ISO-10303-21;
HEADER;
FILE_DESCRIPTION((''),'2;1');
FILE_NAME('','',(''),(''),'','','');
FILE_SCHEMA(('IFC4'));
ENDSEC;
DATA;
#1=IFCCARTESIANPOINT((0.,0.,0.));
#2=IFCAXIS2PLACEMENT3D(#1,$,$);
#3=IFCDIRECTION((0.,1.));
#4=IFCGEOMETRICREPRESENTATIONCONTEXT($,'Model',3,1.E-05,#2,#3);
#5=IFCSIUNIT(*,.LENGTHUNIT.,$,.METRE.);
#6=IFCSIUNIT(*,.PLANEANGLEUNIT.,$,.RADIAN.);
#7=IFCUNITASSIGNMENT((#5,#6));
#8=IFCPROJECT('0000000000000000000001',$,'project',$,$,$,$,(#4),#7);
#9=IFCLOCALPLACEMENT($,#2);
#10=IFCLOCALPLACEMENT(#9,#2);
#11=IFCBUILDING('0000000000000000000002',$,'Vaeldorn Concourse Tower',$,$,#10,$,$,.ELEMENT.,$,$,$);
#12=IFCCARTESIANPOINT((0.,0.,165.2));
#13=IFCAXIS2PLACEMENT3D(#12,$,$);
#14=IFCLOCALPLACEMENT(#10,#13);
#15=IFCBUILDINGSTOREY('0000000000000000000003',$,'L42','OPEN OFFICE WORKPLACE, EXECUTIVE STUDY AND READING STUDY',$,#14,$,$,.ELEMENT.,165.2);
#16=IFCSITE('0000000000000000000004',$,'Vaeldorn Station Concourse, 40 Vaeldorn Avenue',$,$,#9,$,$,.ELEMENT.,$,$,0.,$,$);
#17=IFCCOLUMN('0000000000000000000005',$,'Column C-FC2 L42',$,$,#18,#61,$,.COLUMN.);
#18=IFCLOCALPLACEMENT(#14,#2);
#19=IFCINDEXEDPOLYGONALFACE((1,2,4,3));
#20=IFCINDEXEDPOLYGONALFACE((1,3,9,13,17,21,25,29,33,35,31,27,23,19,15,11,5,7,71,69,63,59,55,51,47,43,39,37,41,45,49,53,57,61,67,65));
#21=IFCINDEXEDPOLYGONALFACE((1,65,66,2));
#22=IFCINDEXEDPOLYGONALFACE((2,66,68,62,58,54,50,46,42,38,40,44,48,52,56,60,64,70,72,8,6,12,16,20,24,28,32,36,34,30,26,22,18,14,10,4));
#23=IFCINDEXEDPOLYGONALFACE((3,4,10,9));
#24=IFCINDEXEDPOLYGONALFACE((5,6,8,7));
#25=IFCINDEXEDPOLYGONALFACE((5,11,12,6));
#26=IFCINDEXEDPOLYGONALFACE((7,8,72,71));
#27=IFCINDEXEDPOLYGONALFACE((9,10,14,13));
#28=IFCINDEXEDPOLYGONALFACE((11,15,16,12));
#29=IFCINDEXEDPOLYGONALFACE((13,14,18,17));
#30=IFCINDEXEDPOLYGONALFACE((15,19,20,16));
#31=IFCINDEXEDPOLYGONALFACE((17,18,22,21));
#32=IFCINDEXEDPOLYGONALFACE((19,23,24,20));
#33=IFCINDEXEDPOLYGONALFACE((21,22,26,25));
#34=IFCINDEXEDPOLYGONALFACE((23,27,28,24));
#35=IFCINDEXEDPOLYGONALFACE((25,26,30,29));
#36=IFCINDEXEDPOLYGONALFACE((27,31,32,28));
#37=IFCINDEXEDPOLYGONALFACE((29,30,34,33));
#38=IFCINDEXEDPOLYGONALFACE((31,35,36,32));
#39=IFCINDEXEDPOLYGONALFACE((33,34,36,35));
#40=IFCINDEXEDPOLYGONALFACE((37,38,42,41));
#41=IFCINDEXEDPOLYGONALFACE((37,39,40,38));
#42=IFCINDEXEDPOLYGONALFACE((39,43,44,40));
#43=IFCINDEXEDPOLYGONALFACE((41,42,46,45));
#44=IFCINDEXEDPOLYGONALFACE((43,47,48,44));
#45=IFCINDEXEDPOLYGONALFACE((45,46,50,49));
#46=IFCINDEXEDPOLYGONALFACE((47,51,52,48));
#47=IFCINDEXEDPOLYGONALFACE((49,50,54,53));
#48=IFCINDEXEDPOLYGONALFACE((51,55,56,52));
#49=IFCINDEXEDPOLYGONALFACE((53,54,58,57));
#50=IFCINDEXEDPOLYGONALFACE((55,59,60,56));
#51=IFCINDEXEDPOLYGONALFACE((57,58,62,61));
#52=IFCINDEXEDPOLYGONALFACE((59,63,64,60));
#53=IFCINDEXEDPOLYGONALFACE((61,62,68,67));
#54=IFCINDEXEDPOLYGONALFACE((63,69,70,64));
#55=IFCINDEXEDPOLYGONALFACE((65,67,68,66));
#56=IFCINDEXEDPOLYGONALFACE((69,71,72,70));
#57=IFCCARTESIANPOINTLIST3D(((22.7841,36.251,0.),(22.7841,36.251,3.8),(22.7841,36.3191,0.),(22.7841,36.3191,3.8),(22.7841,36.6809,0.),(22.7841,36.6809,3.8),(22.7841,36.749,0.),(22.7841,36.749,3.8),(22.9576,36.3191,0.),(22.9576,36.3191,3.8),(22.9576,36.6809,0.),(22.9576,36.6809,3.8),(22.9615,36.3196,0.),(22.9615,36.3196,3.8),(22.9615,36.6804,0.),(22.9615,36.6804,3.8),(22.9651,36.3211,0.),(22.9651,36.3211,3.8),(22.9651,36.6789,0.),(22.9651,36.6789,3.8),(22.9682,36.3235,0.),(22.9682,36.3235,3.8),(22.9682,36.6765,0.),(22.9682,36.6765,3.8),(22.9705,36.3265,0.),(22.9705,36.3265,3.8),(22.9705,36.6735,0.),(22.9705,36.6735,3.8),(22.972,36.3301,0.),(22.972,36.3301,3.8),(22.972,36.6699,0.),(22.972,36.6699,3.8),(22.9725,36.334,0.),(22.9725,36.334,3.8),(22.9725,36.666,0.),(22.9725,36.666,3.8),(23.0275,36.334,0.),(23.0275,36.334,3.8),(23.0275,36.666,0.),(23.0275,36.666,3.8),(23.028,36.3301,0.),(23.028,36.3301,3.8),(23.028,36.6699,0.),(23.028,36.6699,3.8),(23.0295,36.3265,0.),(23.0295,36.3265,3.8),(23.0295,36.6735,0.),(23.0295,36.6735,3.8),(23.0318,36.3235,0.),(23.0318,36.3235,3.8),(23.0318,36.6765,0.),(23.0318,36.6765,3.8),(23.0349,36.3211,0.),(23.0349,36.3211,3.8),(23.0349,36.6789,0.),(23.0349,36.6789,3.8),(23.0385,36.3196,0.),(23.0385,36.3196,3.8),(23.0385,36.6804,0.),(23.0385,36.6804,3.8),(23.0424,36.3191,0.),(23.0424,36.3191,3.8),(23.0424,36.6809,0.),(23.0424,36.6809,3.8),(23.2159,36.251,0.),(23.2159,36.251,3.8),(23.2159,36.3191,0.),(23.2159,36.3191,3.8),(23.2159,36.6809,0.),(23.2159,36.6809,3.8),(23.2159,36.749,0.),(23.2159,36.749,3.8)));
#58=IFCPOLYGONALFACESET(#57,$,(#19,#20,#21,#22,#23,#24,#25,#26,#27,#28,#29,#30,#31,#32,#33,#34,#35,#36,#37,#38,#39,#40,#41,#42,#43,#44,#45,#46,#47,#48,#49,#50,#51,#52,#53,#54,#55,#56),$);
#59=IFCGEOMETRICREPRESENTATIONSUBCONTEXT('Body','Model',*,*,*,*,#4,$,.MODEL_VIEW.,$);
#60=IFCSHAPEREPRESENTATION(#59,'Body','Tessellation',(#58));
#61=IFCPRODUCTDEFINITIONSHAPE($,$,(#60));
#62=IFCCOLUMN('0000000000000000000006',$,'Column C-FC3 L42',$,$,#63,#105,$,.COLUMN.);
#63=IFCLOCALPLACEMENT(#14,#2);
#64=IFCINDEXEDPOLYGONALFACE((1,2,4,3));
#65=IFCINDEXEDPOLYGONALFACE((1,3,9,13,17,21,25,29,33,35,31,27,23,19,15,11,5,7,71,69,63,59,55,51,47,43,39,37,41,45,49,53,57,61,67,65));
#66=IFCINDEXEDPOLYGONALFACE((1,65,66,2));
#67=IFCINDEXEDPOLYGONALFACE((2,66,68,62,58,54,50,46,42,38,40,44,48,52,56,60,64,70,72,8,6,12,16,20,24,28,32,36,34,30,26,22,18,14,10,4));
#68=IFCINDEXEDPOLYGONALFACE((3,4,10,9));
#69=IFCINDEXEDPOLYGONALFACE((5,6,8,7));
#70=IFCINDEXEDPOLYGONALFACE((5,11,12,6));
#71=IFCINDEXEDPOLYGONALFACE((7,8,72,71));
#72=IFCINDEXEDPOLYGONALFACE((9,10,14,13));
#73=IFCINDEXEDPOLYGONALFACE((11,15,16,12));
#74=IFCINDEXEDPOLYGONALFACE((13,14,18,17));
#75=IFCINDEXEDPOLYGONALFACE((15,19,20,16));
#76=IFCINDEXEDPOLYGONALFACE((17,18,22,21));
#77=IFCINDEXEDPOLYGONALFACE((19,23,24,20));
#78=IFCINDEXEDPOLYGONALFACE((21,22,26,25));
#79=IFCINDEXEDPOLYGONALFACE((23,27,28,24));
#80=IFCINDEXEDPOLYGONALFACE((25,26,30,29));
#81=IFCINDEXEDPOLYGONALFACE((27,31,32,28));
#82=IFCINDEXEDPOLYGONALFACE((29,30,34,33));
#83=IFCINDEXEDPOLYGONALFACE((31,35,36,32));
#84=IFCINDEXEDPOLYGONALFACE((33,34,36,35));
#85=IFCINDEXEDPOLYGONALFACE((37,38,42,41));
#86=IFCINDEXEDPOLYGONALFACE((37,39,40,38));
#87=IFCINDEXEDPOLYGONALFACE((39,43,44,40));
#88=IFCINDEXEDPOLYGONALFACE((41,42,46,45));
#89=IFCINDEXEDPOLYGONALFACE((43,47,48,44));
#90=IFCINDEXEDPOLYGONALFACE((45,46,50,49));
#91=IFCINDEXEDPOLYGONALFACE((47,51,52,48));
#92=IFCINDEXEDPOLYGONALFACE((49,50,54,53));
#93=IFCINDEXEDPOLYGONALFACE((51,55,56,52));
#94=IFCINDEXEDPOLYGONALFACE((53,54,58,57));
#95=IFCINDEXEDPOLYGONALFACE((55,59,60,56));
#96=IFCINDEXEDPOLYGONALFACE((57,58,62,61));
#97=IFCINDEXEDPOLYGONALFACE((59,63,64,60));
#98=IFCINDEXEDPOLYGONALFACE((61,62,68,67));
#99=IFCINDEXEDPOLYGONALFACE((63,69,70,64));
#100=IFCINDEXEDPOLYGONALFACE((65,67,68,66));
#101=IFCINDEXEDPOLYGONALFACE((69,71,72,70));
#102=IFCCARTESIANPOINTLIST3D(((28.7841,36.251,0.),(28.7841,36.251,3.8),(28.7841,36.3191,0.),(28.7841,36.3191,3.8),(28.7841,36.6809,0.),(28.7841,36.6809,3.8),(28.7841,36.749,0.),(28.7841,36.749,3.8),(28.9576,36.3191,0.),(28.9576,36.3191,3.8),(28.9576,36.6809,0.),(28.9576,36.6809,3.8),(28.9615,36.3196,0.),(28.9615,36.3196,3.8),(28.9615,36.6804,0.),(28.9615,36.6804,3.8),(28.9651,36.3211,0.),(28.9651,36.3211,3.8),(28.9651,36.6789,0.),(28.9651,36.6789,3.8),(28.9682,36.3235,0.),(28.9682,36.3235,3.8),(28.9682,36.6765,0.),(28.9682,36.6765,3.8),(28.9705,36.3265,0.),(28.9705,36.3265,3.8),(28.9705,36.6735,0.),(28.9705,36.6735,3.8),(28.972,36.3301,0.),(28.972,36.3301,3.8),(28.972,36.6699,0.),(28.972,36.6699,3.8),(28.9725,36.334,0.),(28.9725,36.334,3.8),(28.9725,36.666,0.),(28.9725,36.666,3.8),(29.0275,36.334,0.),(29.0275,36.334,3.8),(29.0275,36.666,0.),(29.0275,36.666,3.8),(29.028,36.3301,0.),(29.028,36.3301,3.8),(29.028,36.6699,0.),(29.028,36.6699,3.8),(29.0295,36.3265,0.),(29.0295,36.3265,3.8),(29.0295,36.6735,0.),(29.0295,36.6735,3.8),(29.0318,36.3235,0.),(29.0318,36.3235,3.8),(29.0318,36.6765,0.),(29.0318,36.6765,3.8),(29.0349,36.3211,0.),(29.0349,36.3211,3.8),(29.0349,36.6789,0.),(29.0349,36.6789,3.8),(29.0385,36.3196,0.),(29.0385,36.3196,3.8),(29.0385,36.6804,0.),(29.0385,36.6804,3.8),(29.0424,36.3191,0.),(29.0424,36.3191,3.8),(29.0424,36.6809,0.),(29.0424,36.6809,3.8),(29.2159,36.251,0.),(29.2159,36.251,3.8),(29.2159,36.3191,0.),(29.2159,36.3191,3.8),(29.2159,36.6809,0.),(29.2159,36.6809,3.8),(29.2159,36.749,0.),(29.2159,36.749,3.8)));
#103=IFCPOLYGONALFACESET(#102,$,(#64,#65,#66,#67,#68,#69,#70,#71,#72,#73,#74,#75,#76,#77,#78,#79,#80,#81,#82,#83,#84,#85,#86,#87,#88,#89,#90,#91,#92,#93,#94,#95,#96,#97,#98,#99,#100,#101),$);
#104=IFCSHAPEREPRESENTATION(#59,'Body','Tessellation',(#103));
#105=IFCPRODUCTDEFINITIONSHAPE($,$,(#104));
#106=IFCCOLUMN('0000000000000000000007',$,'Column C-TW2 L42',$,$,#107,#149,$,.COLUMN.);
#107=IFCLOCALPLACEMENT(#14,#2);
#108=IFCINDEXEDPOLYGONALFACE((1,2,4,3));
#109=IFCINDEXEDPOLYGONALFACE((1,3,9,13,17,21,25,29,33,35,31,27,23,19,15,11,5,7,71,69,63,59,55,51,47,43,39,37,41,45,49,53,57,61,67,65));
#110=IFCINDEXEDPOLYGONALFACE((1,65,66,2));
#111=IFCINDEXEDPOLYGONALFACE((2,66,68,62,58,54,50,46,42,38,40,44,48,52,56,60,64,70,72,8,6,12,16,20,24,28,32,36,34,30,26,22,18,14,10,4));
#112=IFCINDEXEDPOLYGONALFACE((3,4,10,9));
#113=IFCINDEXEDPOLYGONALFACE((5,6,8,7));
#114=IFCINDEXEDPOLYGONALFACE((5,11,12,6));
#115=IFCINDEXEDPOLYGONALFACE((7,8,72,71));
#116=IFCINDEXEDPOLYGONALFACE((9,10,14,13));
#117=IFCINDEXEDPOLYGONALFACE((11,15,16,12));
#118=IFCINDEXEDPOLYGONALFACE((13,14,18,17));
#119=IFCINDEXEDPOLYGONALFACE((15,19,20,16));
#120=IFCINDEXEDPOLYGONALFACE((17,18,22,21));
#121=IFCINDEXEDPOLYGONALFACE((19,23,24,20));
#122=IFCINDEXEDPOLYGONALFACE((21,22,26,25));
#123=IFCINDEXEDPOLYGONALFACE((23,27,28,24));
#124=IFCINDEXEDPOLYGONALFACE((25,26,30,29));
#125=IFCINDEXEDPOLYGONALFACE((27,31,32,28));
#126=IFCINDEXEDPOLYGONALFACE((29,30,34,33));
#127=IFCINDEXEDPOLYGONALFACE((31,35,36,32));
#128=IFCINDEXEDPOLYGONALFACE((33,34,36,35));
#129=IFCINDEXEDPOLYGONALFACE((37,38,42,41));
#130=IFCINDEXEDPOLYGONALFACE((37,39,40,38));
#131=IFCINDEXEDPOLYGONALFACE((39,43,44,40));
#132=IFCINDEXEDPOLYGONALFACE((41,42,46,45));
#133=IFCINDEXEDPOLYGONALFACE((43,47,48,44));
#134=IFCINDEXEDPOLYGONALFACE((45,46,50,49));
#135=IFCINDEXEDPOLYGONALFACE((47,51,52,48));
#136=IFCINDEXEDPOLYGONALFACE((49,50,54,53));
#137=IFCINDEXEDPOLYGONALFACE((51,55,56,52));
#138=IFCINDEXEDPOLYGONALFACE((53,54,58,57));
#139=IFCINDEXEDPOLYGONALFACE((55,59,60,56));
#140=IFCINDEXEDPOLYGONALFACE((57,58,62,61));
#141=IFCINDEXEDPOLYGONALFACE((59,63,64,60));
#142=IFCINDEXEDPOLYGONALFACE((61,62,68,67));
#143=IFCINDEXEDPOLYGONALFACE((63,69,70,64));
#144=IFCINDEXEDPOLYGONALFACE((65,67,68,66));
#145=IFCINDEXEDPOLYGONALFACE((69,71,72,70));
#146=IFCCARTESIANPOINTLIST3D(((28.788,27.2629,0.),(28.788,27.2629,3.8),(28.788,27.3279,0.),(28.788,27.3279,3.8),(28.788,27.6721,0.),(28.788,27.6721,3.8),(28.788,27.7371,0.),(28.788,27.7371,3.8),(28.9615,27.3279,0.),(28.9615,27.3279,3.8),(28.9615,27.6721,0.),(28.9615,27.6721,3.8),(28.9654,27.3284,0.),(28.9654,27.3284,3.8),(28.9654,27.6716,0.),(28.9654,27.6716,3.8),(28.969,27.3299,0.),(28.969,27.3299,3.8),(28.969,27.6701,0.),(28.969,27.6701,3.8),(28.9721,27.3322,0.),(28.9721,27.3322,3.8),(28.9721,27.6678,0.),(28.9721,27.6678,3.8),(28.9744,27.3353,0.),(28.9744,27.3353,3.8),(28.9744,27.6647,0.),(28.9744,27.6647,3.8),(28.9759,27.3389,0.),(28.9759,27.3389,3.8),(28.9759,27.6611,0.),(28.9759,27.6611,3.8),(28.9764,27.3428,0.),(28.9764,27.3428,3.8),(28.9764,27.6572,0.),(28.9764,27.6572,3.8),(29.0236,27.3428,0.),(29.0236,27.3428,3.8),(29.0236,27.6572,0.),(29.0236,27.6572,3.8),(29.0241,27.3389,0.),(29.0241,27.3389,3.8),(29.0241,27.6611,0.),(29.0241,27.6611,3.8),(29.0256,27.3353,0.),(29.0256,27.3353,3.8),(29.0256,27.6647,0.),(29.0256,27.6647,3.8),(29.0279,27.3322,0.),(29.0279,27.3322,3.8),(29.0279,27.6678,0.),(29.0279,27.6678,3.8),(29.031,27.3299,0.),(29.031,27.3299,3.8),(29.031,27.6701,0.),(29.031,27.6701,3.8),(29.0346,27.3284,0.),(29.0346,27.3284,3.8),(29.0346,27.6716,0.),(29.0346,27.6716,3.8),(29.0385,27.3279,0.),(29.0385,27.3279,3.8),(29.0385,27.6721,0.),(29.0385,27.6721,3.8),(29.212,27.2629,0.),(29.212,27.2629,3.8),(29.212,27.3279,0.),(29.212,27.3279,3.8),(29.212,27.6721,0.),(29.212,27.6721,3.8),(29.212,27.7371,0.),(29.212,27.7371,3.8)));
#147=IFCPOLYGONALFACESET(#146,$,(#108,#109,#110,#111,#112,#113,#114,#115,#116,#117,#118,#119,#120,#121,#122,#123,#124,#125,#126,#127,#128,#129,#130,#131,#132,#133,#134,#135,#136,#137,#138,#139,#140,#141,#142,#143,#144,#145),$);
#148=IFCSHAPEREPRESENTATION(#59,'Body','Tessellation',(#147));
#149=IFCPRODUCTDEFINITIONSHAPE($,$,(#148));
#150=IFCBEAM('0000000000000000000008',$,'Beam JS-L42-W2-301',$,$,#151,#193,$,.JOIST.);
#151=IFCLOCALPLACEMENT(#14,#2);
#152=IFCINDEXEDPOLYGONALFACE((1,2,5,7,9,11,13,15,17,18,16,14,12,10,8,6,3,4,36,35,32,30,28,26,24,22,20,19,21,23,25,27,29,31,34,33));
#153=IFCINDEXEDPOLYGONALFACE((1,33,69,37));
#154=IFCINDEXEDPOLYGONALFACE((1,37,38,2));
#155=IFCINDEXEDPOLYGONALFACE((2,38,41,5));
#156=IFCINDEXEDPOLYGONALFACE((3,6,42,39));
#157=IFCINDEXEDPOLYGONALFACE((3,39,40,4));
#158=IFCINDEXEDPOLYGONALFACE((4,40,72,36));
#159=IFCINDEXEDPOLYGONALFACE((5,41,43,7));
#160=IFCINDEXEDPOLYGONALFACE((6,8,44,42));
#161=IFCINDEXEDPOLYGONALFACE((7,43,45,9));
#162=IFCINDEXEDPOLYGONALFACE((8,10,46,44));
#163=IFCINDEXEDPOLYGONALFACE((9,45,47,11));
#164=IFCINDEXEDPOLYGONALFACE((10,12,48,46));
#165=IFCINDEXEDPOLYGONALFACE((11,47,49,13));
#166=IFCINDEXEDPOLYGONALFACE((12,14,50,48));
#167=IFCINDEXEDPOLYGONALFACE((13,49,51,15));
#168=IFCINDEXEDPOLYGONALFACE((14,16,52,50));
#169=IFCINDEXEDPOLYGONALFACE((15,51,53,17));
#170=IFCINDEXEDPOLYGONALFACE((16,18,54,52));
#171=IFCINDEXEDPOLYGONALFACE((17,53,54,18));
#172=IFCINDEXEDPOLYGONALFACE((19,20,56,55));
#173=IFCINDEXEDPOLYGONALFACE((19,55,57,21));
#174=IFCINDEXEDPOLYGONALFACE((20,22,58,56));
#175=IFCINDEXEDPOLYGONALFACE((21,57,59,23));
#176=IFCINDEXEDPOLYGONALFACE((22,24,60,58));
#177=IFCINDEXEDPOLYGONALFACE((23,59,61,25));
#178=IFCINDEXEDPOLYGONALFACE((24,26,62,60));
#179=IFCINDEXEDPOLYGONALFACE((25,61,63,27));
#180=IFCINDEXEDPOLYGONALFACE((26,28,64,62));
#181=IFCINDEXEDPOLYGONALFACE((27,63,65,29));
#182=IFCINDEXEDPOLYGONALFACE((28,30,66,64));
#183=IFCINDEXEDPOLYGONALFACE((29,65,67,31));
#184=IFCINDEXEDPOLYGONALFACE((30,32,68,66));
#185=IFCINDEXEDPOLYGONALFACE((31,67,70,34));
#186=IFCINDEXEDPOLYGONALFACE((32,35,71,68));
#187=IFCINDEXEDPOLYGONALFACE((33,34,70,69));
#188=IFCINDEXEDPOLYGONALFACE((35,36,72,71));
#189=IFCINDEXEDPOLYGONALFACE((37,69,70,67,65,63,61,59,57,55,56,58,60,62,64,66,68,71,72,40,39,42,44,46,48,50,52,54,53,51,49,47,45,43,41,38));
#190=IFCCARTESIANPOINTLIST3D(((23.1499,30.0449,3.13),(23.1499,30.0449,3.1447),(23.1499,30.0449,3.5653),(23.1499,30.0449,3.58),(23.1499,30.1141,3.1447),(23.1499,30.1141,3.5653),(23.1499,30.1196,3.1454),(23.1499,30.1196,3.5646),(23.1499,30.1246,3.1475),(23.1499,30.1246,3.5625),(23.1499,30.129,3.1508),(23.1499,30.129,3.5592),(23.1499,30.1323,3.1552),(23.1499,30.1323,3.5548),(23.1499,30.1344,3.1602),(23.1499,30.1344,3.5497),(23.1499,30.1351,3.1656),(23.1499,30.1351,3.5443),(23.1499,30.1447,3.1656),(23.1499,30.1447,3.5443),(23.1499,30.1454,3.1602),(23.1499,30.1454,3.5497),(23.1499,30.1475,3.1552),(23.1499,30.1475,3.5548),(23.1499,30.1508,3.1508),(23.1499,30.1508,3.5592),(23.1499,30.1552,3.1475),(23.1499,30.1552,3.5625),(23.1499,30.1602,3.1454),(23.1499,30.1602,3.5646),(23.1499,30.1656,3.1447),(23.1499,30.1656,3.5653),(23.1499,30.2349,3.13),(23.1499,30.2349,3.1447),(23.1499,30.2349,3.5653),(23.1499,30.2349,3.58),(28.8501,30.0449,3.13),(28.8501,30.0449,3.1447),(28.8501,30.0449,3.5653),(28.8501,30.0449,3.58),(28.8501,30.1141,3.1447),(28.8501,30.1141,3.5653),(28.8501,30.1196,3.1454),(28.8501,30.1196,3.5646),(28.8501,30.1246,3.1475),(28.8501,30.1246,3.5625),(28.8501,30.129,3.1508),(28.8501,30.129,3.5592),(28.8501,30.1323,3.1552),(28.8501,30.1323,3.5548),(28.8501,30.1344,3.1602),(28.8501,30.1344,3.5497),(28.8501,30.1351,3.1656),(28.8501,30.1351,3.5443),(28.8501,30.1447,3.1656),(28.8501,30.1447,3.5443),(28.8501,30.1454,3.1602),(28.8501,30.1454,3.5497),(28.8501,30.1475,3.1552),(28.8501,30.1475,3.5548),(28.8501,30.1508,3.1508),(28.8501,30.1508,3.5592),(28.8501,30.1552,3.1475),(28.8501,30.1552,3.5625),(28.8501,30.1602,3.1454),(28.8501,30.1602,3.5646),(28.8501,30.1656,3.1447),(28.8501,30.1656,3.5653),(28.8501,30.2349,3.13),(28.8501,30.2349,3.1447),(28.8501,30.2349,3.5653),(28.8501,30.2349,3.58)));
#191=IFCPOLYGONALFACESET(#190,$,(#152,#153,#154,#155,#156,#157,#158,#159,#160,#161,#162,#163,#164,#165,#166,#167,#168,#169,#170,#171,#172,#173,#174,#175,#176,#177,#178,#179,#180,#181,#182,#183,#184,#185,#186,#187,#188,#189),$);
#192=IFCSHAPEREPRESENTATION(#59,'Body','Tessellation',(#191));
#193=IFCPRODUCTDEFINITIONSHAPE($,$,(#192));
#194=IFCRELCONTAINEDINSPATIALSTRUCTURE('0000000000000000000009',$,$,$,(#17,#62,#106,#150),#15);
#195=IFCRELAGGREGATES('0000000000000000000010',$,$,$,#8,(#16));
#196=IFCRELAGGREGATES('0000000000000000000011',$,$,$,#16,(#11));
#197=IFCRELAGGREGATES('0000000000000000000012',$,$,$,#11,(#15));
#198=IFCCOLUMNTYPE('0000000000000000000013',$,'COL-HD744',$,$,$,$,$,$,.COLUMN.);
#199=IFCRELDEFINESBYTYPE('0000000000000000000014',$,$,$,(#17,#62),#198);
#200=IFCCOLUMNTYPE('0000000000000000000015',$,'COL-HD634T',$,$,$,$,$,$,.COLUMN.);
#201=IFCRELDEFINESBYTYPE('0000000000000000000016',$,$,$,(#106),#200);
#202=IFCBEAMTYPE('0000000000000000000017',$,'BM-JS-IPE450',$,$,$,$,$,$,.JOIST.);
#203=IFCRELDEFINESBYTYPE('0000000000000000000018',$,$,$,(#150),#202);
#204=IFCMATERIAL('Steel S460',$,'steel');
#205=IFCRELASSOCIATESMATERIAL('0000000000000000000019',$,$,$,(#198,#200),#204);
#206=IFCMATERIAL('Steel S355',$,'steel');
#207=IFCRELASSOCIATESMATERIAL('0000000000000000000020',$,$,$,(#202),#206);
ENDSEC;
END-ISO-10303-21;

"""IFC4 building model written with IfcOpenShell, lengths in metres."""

from ifc_helpers import new_model, si_unit, direction, frame, origin, origin_2d, place, context, subcontext, project, spatial, i_section, extrude, source, transform, mapped, material, material_profile, profile_set, type_object, element, save


model = new_model("IFC4")

# Units and contexts
model_context = context("Model", 3, precision=1e-05, world=origin(), true_north=direction((0.0, 1.0)))
body_context = subcontext(model_context, "Body", "Model", "MODEL_VIEW")
ifc_project = project(units=[si_unit("LENGTHUNIT", "METRE"), si_unit("PLANEANGLEUNIT", "RADIAN")], contexts=[model_context])

# Site, building, storey
site_placement = place(None, origin())
site = spatial("IfcSite", under=ifc_project, at=site_placement, Name="Vaeldorn Station Concourse, 40 Vaeldorn Avenue", CompositionType="ELEMENT", RefElevation=0.0)
building_placement = place(site_placement, origin())
building = spatial("IfcBuilding", under=site, at=building_placement, Name="Vaeldorn Concourse Tower", CompositionType="ELEMENT")
storey_placement = place(building_placement, frame((0.0, 0.0, 165.2)))
storey = spatial("IfcBuildingStorey", under=building, at=storey_placement, Name="L42", Description="OPEN OFFICE WORKPLACE, EXECUTIVE STUDY AND READING STUDY", CompositionType="ELEMENT", Elevation=165.2)

# Columns
ifc_material_1 = material(Name="Steel S460", Category="steel")
ifc_material_profile_1 = material_profile(ifc_material_1, i_section(OverallWidth=0.4319, OverallDepth=0.498, WebThickness=0.0549, FlangeThickness=0.0681, FilletRadius=0.0149, at=origin_2d()), Name="HD 400x744")
ifc_profile_set_1 = profile_set([ifc_material_profile_1], Name="Steel S460")
column_type_1 = type_object("IfcColumnType", Name="COL-HD744", PredefinedType="COLUMN", material=ifc_profile_set_1)
shared_shape_1 = source(origin(), body_context, "Body", "SweptSolid", [
    extrude(i_section(OverallWidth=0.4319, OverallDepth=0.498, WebThickness=0.0549, FlangeThickness=0.0681, FilletRadius=0.0149, at=origin_2d()), origin(), (0.0, 0.0, 1.0), 3.8),
])
for number, where, z_axis, x_axis, name in (
    (1, (23.0, 36.5, 0.0), (0.0, 0.0, 1.0), (1.0, 0.0, 0.0), "Column C-FC2 L42"),
    (2, (29.0, 36.5, 0.0), (0.0, 0.0, 1.0), (1.0, 0.0, 0.0), "Column C-FC3 L42"),
):
    element("IfcColumn", number, at=place(storey_placement, frame(where, z_axis=z_axis, x_axis=x_axis)), inside=storey, type_object=column_type_1, Name=name, PredefinedType="COLUMN", context=body_context, shape_type="MappedRepresentation", body=[
        mapped(shared_shape_1, transform((0.0, 0.0, 0.0), scale=1.0)),
    ])
ifc_material_profile_2 = material_profile(ifc_material_1, i_section(OverallWidth=0.4241, OverallDepth=0.4741, WebThickness=0.0471, FlangeThickness=0.0649, FilletRadius=0.0149, at=origin_2d()), Name="HD 400x634")
ifc_profile_set_2 = profile_set([ifc_material_profile_2], Name="Steel S460")
column_type_2 = type_object("IfcColumnType", Name="COL-HD634T", PredefinedType="COLUMN", material=ifc_profile_set_2)
shared_shape_2 = source(origin(), body_context, "Body", "SweptSolid", [
    extrude(i_section(OverallWidth=0.4241, OverallDepth=0.4741, WebThickness=0.0471, FlangeThickness=0.0649, FilletRadius=0.0149, at=origin_2d()), origin(), (0.0, 0.0, 1.0), 3.8),
])
column_placement = place(storey_placement, frame((29.0, 27.5, 0.0), z_axis=(0.0, 0.0, 1.0), x_axis=(1.0, 0.0, 0.0)))
element("IfcColumn", 3, at=column_placement, inside=storey, type_object=column_type_2, Name="Column C-TW2 L42", PredefinedType="COLUMN", context=body_context, shape_type="MappedRepresentation", body=[
    mapped(shared_shape_2, transform((0.0, 0.0, 0.0), scale=1.0)),
])

# Beam
ifc_material_2 = material(Name="Steel S355", Category="steel")
ifc_material_profile_3 = material_profile(ifc_material_2, i_section(OverallWidth=0.1899, OverallDepth=0.45, WebThickness=0.0095, FlangeThickness=0.0146, FilletRadius=0.021, at=origin_2d()), Name="IPE 450")
ifc_profile_set_3 = profile_set([ifc_material_profile_3], Name="Steel S355")
beam_type_1 = type_object("IfcBeamType", Name="BM-JS-IPE450", PredefinedType="JOIST", material=ifc_profile_set_3)
shared_shape_3 = source(origin(), body_context, "Body", "SweptSolid", [
    extrude(i_section(OverallWidth=0.1899, OverallDepth=0.45, WebThickness=0.0095, FlangeThickness=0.0146, FilletRadius=0.021, at=origin_2d()), origin(), (0.0, 0.0, 1.0), 5.7002),
])
for number, where, z_axis, x_axis, name in (
    (4, (23.1499, 30.1399, 3.355), (1.0, 0.0, 0.0), (0.0, 1.0, 0.0), "Beam JS-L42-W2-301"),
):
    element("IfcBeam", number, at=place(storey_placement, frame(where, z_axis=z_axis, x_axis=x_axis)), inside=storey, type_object=beam_type_1, Name=name, PredefinedType="JOIST", context=body_context, shape_type="MappedRepresentation", body=[
        mapped(shared_shape_3, transform((0.0, 0.0, 0.0), scale=1.0)),
    ])

save(model, "model.ifc")
